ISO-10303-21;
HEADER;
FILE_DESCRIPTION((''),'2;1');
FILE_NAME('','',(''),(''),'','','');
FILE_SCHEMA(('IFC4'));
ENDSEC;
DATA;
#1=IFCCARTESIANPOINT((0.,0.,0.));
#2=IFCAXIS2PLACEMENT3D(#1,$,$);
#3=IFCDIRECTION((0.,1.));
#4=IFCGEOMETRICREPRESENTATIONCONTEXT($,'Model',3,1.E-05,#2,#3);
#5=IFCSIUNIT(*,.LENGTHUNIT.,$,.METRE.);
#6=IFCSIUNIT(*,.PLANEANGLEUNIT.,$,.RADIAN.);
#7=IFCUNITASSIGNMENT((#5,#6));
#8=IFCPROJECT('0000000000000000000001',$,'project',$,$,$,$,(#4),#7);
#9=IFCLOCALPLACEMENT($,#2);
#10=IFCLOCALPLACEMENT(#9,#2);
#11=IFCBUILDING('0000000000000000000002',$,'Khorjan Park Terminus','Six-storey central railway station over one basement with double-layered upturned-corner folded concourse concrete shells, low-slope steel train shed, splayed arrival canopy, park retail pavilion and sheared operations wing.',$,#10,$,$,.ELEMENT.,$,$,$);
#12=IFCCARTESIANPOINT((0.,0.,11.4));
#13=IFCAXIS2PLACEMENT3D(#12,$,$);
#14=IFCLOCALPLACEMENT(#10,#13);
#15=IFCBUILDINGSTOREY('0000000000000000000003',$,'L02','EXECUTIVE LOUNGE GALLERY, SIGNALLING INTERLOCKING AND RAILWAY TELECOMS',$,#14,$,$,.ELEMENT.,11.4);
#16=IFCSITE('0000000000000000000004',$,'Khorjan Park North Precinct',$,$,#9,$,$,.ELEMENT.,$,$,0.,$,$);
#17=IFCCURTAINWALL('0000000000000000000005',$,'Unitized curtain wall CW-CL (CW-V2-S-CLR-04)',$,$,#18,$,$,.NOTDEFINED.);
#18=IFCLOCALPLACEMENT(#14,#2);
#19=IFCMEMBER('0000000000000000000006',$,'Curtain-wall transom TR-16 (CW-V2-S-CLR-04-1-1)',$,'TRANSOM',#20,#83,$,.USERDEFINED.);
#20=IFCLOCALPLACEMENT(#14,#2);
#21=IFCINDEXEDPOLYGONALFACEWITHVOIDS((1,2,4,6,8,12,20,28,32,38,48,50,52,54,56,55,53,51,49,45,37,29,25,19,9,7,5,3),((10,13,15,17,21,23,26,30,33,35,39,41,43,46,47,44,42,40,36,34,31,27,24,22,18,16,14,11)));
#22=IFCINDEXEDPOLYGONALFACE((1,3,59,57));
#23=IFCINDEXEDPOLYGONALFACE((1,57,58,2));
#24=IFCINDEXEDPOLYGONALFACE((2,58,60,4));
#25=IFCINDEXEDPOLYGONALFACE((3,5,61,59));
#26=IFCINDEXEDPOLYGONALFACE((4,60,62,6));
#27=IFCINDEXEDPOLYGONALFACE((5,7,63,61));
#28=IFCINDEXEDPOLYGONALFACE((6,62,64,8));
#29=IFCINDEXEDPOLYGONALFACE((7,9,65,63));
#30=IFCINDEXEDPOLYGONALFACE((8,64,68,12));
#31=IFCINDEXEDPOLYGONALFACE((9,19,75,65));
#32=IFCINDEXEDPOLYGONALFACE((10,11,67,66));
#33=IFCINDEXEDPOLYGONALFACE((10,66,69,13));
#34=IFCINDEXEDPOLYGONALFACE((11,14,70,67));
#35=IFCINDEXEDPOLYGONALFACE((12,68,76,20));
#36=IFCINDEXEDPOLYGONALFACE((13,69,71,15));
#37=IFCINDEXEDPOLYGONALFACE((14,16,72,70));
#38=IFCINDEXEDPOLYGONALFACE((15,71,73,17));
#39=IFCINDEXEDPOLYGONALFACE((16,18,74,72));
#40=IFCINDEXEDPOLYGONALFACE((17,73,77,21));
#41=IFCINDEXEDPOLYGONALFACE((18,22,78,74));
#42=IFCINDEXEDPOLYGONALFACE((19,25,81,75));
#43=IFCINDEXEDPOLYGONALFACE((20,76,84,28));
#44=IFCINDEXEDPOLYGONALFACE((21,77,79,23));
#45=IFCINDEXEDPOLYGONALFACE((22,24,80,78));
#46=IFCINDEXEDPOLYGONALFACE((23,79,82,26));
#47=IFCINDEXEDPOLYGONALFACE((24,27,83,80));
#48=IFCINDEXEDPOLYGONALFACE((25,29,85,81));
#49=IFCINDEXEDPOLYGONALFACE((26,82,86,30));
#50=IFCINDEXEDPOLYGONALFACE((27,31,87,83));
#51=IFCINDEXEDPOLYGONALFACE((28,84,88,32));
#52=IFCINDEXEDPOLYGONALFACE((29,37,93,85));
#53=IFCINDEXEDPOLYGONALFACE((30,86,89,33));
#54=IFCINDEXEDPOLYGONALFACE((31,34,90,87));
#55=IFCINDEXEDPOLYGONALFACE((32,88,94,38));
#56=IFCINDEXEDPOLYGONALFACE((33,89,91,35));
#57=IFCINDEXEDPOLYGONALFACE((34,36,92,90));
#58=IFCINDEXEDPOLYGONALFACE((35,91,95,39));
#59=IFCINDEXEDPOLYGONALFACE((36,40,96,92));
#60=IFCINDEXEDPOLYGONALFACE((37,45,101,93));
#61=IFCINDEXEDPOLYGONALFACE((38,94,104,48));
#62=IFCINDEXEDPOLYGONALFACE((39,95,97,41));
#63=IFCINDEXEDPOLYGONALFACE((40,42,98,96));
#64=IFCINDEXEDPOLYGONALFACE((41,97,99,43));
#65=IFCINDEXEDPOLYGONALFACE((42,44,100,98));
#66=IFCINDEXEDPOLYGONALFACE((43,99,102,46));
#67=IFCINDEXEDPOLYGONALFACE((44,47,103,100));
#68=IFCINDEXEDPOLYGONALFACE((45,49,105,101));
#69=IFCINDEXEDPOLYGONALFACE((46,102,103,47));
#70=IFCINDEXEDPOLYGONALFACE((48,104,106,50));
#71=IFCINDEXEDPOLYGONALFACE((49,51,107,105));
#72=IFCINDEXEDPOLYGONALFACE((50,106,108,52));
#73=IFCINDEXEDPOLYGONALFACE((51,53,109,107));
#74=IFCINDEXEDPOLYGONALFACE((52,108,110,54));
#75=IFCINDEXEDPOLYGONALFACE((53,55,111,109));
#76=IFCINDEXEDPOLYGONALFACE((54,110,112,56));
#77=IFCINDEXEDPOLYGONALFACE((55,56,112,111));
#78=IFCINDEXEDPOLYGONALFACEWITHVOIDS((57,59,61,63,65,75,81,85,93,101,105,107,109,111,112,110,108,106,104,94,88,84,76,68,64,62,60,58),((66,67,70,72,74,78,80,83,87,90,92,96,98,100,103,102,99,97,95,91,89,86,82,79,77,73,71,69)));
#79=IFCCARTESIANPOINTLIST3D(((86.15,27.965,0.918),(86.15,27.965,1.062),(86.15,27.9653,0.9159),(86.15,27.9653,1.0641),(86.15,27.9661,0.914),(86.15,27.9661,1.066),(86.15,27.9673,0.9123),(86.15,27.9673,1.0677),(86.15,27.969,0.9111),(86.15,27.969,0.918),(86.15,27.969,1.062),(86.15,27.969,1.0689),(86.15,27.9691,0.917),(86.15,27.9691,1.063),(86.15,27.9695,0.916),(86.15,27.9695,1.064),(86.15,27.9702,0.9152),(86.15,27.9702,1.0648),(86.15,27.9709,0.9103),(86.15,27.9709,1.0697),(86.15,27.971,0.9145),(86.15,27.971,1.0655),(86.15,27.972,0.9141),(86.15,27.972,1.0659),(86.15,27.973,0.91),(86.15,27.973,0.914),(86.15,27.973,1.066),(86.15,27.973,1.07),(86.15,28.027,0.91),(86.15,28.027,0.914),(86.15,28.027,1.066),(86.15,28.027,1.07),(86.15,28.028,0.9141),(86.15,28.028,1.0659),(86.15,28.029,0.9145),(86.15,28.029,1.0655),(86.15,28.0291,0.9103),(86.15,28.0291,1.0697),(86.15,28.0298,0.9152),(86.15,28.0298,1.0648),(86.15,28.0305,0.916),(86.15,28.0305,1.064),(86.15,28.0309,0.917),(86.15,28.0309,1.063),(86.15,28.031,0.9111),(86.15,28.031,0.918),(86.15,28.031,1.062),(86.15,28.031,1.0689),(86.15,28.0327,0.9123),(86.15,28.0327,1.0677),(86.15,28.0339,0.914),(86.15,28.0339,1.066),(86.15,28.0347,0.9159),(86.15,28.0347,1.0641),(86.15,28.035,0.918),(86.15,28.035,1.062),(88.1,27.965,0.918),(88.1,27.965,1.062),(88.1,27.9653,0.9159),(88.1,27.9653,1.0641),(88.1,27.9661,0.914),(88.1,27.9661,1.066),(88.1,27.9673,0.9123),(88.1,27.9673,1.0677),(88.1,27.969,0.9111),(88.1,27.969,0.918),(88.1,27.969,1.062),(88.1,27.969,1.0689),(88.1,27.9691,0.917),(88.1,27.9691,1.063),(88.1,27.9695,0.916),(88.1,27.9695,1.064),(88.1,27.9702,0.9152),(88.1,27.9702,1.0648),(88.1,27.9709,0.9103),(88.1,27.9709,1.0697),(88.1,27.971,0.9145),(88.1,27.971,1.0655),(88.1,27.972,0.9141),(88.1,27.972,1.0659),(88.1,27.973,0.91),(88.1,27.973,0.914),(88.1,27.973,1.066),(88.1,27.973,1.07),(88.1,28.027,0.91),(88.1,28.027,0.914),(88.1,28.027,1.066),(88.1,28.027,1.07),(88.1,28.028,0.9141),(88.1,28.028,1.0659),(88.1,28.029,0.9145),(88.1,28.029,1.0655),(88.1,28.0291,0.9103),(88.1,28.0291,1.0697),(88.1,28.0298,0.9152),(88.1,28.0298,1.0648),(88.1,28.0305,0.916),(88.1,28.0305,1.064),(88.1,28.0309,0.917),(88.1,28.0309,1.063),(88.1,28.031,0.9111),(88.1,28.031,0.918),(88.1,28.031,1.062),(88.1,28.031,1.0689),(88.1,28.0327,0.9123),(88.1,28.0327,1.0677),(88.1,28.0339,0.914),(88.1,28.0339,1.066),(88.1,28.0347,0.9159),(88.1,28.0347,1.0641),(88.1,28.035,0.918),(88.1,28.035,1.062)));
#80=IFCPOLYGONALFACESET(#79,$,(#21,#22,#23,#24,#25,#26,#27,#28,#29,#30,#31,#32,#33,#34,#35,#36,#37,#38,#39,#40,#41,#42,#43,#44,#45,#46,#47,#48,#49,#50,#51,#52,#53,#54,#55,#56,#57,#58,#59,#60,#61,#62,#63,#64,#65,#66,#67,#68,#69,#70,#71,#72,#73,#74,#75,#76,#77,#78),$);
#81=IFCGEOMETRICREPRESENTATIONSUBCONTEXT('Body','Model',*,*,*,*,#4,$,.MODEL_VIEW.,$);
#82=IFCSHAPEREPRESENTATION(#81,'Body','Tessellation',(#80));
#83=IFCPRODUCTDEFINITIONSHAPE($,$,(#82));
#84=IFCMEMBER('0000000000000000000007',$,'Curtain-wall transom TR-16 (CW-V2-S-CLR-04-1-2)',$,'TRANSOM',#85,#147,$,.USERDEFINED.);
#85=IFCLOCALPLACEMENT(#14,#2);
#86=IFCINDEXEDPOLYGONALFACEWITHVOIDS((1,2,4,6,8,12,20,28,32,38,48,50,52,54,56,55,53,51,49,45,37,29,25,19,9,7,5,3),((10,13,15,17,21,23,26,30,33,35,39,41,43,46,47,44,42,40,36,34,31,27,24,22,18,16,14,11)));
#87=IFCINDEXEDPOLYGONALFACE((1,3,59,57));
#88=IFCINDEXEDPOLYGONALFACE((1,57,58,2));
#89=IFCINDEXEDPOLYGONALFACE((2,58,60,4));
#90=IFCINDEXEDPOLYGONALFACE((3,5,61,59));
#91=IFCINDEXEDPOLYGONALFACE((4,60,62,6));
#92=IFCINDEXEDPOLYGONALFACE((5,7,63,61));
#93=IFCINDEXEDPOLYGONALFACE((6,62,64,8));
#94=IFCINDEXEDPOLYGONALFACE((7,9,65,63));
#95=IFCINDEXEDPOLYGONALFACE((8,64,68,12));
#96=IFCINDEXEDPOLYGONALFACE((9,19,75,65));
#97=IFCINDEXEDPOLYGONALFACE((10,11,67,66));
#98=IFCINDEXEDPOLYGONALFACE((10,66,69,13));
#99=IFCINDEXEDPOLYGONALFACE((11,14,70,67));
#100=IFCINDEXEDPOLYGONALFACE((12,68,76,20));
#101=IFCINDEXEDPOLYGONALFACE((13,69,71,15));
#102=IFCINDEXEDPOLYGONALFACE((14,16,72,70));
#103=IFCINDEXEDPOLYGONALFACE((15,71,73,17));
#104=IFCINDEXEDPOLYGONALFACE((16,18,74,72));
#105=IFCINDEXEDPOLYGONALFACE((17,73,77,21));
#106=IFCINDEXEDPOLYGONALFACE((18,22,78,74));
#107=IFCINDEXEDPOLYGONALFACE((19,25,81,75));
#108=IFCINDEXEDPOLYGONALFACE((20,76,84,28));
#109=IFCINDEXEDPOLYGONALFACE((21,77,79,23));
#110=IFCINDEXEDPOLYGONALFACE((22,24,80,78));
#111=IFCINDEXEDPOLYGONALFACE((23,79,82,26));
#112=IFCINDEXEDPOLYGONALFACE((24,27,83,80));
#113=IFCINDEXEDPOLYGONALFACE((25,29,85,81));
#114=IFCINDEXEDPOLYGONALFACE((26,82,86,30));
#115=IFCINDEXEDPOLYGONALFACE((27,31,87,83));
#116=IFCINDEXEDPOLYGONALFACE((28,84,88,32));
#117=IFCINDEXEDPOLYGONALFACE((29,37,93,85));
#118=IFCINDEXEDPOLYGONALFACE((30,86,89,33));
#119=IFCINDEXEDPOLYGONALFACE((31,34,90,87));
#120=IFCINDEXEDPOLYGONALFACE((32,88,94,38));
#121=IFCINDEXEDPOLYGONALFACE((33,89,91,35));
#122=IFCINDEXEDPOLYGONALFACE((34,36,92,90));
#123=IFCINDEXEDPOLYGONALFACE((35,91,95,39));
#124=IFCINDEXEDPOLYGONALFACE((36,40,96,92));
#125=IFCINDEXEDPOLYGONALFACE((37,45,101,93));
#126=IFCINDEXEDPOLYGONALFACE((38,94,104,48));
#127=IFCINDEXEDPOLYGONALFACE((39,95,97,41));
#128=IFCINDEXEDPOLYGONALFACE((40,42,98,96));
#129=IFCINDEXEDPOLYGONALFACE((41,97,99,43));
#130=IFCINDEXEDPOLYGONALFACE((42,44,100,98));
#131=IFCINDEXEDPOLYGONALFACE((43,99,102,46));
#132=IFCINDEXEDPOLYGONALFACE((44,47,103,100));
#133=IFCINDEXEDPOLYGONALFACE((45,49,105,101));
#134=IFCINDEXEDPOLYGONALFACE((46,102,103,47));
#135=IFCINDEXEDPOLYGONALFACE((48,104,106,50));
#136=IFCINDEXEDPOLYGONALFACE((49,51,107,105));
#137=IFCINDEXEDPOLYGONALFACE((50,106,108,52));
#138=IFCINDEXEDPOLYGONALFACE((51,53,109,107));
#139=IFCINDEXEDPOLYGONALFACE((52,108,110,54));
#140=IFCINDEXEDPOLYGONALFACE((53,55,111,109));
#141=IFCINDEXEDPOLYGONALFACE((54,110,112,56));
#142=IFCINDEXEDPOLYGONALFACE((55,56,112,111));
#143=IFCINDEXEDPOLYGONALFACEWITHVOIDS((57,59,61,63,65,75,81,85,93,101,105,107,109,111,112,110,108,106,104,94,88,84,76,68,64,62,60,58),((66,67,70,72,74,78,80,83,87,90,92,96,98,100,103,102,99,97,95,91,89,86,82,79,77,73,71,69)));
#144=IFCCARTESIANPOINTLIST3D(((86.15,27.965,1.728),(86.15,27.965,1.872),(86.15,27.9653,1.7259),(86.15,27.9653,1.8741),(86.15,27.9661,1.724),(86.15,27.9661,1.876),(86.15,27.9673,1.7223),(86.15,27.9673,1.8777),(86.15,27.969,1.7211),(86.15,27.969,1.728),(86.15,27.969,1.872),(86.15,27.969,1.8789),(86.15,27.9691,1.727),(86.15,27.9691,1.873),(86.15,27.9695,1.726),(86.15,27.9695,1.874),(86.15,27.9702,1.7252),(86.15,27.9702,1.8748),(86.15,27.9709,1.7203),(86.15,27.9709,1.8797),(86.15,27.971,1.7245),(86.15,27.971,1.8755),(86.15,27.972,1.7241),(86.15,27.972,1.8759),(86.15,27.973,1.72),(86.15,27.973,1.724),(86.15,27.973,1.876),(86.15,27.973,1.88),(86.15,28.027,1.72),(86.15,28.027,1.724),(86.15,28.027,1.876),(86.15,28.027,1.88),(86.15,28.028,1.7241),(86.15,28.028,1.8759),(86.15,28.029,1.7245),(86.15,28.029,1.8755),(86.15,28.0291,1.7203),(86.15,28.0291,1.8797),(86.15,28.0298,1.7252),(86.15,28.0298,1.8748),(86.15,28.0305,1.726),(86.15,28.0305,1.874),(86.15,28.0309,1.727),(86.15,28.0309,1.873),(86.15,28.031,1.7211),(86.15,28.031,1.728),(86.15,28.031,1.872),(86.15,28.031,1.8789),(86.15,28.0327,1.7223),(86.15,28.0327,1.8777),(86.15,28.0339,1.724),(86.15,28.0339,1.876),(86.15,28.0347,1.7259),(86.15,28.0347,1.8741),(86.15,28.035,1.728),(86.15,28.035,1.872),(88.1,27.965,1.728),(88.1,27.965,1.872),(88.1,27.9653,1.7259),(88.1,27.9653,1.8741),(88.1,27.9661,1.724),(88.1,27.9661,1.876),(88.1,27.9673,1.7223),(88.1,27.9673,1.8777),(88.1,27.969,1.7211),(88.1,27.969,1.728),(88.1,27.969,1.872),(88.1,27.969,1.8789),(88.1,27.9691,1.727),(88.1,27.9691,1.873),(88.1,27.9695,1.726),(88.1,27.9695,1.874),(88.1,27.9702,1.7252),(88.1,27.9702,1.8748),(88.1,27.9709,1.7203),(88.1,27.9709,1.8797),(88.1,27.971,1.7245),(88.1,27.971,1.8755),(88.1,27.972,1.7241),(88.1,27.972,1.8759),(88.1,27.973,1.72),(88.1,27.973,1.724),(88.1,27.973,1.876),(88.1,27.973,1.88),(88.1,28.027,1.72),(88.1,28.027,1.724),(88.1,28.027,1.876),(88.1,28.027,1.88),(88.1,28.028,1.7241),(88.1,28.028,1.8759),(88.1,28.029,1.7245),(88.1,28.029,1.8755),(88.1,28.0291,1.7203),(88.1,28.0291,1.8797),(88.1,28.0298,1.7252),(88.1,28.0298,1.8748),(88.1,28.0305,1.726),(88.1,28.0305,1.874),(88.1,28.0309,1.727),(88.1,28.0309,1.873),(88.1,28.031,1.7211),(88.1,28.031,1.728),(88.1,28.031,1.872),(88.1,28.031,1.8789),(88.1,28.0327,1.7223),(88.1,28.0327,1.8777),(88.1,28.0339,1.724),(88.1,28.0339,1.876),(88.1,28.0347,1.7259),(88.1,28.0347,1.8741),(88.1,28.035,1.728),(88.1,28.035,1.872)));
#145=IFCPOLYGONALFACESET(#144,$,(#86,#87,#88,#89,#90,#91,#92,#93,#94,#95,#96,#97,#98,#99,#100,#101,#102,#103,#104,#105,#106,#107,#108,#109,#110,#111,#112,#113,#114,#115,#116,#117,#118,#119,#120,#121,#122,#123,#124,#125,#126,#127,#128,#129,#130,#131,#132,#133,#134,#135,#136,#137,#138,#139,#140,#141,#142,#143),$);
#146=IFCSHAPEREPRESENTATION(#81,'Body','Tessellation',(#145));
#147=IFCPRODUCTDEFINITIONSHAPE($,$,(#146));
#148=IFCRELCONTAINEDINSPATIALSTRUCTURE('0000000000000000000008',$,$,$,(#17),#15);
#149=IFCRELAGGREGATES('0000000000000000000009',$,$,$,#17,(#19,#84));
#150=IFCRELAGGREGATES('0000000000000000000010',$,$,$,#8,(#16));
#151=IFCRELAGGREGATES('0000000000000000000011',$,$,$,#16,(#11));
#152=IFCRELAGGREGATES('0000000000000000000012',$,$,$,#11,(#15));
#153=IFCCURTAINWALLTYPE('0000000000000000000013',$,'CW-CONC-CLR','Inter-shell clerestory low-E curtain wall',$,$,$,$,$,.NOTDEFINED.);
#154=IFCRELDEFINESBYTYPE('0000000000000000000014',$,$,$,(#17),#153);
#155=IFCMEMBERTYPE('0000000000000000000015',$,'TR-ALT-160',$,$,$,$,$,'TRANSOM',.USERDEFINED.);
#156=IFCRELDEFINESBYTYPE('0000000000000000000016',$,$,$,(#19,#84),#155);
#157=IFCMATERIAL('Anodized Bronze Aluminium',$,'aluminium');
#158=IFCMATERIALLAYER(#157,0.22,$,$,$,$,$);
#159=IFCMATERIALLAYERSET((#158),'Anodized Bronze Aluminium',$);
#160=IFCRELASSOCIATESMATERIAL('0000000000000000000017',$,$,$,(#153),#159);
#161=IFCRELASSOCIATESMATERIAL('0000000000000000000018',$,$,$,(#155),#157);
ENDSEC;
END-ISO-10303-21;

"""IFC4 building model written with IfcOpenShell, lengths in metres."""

from ifc_helpers import new_model, si_unit, direction, frame, origin, origin_2d, place, context, subcontext, project, spatial, hollow_rectangle, extrude, material, layer, layer_set, material_profile, profile_set, type_object, element, aggregate, save


model = new_model("IFC4")

# Units and contexts
model_context = context("Model", 3, precision=1e-05, world=origin(), true_north=direction((0.0, 1.0)))
body_context = subcontext(model_context, "Body", "Model", "MODEL_VIEW")
ifc_project = project(units=[si_unit("LENGTHUNIT", "METRE"), si_unit("PLANEANGLEUNIT", "RADIAN")], contexts=[model_context])

# Site, building, storey
site_placement = place(None, origin())
site = spatial("IfcSite", under=ifc_project, at=site_placement, Name="Khorjan Park North Precinct", CompositionType="ELEMENT", RefElevation=0.0)
building_placement = place(site_placement, origin())
building = spatial("IfcBuilding", under=site, at=building_placement, Name="Khorjan Park Terminus", Description="Six-storey central railway station over one basement with double-layered upturned-corner folded concourse concrete shells, low-slope steel train shed, splayed arrival canopy, park retail pavilion and sheared operations wing.", CompositionType="ELEMENT")
storey_placement = place(building_placement, frame((0.0, 0.0, 11.4)))
storey = spatial("IfcBuildingStorey", under=building, at=storey_placement, Name="L02", Description="EXECUTIVE LOUNGE GALLERY, SIGNALLING INTERLOCKING AND RAILWAY TELECOMS", CompositionType="ELEMENT", Elevation=11.4)

# Shared definitions
ifc_material_1 = material(Name="Anodized Bronze Aluminium", Category="aluminium")
ifc_layer_1 = layer(ifc_material_1, 0.22)
ifc_layer_set_1 = layer_set([ifc_layer_1], Name="Anodized Bronze Aluminium")
curtain_wall_type = type_object("IfcCurtainWallType", Name="CW-CONC-CLR", Description="Inter-shell clerestory low-E curtain wall", PredefinedType="NOTDEFINED", material=ifc_layer_set_1)

# Curtain wall
curtain_wall_1_placement = place(storey_placement, origin())
curtain_wall_1 = element("IfcCurtainWall", 1, at=curtain_wall_1_placement, inside=storey, type_object=curtain_wall_type, Name="Unitized curtain wall CW-CL (CW-V2-S-CLR-04)", PredefinedType="NOTDEFINED")

# Members
ifc_material_profile_1 = material_profile(ifc_material_1, hollow_rectangle(XDim=0.07, YDim=0.16, WallThickness=0.004, InnerFilletRadius=0.004, OuterFilletRadius=0.008, at=origin_2d()), Name="ALT 70x160x4")
ifc_profile_set_1 = profile_set([ifc_material_profile_1], Name="Anodized Bronze Aluminium")
member_type_1 = type_object("IfcMemberType", Name="TR-ALT-160", ElementType="TRANSOM", PredefinedType="USERDEFINED", material=ifc_profile_set_1)
member_1_placement = place(storey_placement, frame((86.15, 28.0, 0.99), z_axis=(1.0, 0.0, 0.0), x_axis=(0.0, 1.0, 0.0)))
member_1 = element("IfcMember", 2, at=member_1_placement, type_object=member_type_1, Name="Curtain-wall transom TR-16 (CW-V2-S-CLR-04-1-1)", ObjectType="TRANSOM", PredefinedType="USERDEFINED", context=body_context, shape_type="SweptSolid", body=[
    extrude(hollow_rectangle(XDim=0.07, YDim=0.16, WallThickness=0.004, InnerFilletRadius=0.004, OuterFilletRadius=0.008, at=origin_2d()), origin(), (0.0, 0.0, 1.0), 1.95),
])
member_2_placement = place(storey_placement, frame((86.15, 28.0, 1.8), z_axis=(1.0, 0.0, 0.0), x_axis=(0.0, 1.0, 0.0)))
member_2 = element("IfcMember", 3, at=member_2_placement, type_object=member_type_1, Name="Curtain-wall transom TR-16 (CW-V2-S-CLR-04-1-2)", ObjectType="TRANSOM", PredefinedType="USERDEFINED", context=body_context, shape_type="SweptSolid", body=[
    extrude(hollow_rectangle(XDim=0.07, YDim=0.16, WallThickness=0.004, InnerFilletRadius=0.004, OuterFilletRadius=0.008, at=origin_2d()), origin(), (0.0, 0.0, 1.0), 1.95),
])

aggregate(curtain_wall_1, [member_1, member_2])

save(model, "model.ifc")
